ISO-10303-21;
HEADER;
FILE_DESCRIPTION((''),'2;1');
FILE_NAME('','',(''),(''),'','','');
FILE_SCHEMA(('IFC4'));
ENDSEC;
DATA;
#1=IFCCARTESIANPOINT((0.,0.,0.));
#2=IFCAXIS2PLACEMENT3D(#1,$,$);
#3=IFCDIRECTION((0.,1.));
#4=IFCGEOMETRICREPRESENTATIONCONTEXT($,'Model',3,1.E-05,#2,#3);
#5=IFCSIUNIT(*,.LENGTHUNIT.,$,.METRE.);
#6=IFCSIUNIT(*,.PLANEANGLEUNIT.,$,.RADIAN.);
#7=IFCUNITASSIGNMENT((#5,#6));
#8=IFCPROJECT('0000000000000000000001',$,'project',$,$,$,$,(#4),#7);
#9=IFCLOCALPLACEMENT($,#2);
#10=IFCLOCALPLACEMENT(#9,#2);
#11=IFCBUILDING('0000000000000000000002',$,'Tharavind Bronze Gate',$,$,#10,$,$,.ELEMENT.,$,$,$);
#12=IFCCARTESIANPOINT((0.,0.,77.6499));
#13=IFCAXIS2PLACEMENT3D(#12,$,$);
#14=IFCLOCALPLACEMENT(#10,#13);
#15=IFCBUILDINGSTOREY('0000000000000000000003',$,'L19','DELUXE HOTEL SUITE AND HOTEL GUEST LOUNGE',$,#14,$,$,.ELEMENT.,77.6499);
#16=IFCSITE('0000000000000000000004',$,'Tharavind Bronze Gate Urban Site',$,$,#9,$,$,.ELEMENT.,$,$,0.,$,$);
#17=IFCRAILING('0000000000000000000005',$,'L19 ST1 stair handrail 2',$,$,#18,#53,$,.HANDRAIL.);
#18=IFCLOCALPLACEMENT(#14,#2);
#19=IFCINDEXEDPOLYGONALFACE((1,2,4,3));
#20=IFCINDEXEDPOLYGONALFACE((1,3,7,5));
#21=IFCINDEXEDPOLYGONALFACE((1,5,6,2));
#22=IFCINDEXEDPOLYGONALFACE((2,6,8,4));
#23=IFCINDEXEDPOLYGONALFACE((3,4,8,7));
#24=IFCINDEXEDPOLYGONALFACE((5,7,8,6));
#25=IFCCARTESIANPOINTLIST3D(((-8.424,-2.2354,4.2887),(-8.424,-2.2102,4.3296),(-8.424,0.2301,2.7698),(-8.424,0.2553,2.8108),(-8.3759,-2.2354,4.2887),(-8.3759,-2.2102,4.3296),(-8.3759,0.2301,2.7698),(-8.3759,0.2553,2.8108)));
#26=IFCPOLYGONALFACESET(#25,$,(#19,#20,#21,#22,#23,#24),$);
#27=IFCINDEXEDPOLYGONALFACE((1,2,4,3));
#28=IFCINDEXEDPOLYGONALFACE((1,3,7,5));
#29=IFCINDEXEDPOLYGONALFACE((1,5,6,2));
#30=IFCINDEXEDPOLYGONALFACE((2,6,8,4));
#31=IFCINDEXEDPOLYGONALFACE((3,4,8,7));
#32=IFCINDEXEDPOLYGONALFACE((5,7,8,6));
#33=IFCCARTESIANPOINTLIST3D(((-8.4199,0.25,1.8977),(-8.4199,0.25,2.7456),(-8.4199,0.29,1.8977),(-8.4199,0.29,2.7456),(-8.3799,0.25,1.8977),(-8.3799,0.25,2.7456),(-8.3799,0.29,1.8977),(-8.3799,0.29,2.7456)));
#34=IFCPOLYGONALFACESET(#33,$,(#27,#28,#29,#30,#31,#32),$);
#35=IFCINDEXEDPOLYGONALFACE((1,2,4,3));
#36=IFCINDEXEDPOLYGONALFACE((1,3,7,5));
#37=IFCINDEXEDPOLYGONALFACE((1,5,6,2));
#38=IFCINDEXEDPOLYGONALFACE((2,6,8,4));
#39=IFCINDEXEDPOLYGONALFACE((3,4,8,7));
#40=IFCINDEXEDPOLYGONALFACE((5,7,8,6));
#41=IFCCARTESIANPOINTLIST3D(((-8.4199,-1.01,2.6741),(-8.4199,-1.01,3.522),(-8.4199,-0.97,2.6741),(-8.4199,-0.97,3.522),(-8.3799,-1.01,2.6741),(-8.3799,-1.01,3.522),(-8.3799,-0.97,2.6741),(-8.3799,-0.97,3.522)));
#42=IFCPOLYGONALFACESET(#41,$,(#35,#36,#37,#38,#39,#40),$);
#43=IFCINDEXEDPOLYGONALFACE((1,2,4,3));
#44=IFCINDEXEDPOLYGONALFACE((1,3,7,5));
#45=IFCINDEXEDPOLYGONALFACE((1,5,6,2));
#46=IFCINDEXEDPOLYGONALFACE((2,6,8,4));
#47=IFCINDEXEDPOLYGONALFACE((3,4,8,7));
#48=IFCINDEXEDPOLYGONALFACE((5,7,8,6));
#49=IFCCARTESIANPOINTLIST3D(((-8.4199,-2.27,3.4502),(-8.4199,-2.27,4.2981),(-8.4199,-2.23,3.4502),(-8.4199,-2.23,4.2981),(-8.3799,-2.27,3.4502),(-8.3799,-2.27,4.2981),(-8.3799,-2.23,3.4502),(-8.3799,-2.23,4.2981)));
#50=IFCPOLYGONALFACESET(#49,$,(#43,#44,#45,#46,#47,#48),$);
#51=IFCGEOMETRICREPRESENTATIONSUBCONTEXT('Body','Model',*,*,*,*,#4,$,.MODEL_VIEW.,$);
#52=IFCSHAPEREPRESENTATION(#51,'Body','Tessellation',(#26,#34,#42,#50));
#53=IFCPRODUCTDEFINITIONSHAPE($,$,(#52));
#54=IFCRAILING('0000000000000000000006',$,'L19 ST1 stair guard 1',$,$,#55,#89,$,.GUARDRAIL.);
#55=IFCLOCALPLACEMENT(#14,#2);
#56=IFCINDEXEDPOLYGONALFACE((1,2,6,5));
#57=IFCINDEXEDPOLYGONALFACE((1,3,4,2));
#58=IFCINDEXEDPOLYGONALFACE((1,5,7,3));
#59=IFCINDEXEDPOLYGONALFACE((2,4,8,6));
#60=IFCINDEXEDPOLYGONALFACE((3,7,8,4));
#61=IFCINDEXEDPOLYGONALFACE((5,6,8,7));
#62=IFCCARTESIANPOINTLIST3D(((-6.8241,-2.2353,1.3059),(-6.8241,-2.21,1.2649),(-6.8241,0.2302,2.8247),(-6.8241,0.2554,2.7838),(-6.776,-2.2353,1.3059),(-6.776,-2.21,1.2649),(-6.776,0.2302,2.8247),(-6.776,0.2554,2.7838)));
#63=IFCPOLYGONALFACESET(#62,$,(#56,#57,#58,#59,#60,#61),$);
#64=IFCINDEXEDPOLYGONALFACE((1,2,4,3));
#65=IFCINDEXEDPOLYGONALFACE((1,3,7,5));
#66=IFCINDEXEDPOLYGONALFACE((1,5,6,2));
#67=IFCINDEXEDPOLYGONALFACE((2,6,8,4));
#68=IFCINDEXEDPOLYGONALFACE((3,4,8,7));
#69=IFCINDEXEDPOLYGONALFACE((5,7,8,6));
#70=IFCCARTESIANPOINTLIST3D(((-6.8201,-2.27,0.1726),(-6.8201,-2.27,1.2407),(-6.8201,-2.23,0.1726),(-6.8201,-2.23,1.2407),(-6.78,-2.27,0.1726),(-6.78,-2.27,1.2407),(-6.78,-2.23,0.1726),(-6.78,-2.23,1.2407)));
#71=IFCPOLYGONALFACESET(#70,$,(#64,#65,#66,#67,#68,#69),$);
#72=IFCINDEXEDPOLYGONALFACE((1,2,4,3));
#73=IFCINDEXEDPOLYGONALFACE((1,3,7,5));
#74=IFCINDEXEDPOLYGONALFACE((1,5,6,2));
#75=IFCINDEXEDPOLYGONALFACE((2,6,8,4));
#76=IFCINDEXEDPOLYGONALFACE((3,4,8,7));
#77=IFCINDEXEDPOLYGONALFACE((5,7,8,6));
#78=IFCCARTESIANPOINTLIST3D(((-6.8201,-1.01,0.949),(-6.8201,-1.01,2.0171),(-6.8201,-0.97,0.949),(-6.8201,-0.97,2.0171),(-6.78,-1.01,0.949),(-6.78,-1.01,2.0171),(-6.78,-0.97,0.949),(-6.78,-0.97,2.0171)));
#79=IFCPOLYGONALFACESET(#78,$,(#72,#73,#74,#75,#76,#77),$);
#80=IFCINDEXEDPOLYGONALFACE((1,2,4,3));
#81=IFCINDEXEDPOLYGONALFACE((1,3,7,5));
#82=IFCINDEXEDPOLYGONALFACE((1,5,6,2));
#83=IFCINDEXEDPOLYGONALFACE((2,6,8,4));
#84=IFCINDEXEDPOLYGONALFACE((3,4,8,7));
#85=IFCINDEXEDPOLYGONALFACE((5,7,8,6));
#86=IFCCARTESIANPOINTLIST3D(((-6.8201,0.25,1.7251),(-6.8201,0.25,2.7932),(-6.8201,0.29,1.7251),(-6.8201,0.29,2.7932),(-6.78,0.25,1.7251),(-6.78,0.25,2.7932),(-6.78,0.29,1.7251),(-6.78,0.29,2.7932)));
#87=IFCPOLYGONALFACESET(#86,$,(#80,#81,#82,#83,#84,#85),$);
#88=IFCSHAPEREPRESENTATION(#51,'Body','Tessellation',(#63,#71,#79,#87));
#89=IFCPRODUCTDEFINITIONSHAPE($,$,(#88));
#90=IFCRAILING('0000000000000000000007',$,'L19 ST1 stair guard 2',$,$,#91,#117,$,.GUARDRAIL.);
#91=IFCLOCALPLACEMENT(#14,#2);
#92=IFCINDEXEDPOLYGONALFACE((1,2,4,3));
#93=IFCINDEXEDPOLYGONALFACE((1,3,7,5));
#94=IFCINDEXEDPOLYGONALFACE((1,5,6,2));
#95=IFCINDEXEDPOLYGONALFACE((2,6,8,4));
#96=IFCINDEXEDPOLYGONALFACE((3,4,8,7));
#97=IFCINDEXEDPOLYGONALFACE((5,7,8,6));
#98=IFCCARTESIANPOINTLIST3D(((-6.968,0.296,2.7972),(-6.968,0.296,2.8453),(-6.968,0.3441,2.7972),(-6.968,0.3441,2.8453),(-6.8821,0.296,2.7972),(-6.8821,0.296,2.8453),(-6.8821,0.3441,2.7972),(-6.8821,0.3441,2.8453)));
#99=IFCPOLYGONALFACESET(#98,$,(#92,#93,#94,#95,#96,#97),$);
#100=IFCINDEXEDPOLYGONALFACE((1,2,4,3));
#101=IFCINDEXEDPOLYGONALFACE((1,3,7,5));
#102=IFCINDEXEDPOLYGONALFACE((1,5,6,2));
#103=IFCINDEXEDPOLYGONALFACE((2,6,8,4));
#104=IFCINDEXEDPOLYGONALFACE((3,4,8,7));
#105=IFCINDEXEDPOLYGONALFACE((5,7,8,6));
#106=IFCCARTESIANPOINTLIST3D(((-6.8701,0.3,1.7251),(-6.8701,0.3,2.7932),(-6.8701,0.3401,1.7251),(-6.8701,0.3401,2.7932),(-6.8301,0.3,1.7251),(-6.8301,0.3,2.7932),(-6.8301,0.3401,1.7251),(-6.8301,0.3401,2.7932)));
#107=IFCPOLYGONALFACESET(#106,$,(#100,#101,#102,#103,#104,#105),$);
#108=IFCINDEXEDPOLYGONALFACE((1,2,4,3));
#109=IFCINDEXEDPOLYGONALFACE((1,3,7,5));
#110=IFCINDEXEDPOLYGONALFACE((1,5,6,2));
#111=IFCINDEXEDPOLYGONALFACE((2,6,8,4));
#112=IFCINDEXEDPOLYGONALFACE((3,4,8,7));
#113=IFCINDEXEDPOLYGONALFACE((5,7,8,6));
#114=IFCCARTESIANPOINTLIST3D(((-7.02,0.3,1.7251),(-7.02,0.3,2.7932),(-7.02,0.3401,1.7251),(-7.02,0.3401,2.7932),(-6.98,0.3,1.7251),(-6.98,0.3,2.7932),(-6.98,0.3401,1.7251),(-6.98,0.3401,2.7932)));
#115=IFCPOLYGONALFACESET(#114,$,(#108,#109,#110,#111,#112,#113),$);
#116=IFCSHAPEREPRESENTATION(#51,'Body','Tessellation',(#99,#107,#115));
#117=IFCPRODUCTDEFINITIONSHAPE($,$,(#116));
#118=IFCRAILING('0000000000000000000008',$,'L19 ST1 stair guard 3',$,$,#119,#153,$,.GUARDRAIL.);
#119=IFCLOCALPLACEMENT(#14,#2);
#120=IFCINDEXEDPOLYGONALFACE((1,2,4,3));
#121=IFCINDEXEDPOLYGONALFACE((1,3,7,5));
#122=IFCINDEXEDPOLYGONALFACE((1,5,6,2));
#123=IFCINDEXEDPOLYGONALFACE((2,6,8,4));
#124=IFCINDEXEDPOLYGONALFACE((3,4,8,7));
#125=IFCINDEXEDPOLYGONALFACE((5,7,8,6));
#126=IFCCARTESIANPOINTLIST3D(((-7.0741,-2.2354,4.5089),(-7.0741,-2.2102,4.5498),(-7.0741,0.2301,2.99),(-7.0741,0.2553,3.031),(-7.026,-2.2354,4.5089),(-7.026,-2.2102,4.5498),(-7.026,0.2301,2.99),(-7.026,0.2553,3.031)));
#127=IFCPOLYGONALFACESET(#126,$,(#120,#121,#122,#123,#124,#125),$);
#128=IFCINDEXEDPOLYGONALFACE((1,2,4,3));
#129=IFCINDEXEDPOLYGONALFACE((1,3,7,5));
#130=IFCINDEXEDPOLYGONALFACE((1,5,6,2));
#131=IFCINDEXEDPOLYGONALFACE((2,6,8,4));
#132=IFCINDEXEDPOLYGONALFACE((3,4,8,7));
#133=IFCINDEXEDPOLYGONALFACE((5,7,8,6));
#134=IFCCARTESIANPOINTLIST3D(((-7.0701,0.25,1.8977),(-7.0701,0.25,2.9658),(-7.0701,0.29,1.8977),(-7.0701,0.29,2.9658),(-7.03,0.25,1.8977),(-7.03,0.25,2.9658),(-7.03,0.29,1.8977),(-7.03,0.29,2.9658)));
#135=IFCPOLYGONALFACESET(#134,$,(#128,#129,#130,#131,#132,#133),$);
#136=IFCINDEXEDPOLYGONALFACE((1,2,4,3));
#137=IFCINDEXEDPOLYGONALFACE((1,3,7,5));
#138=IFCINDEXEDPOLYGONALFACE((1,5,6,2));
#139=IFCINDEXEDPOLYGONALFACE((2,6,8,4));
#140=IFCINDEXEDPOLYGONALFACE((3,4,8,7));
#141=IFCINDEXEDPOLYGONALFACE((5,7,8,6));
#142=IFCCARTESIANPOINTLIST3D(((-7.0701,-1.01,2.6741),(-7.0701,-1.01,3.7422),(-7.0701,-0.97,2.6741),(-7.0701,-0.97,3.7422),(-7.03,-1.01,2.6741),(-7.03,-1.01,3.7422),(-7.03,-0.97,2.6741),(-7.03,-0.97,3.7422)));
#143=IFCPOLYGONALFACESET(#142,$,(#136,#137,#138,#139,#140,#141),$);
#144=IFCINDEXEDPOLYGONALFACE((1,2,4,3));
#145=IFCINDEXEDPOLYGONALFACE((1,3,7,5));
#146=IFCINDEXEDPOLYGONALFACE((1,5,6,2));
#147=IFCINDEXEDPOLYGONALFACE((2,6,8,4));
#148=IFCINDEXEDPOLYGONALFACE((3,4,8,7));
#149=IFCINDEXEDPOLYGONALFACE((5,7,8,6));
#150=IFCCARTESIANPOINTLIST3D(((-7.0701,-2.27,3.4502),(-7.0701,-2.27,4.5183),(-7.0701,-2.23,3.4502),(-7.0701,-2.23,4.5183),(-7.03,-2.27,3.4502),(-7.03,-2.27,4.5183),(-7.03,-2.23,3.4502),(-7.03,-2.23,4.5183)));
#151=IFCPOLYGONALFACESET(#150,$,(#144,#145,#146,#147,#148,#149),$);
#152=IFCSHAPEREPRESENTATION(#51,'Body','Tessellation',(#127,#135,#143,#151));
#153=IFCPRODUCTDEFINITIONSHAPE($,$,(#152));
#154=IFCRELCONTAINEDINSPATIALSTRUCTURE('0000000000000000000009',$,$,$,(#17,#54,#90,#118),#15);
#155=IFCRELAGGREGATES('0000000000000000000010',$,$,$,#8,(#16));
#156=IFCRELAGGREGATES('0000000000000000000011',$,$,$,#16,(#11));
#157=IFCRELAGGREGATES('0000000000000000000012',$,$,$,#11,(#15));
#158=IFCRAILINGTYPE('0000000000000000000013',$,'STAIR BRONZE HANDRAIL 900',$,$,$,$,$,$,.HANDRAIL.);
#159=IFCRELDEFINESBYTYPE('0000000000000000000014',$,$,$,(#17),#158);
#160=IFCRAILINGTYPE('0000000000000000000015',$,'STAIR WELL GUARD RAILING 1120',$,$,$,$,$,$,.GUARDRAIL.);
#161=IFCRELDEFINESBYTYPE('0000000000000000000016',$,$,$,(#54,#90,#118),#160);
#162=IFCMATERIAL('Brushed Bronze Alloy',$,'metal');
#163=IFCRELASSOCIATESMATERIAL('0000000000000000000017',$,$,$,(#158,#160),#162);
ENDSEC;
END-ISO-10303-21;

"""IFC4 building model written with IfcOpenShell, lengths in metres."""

from ifc_helpers import new_model, si_unit, direction, frame, origin, origin_2d, place, context, subcontext, project, spatial, rectangle, extrude, material, type_object, element, save


model = new_model("IFC4")

# Units and contexts
model_context = context("Model", 3, precision=1e-05, world=origin(), true_north=direction((0.0, 1.0)))
body_context = subcontext(model_context, "Body", "Model", "MODEL_VIEW")
ifc_project = project(units=[si_unit("LENGTHUNIT", "METRE"), si_unit("PLANEANGLEUNIT", "RADIAN")], contexts=[model_context])

# Site, building, storey
site_placement = place(None, origin())
site = spatial("IfcSite", under=ifc_project, at=site_placement, Name="Tharavind Bronze Gate Urban Site", CompositionType="ELEMENT", RefElevation=0.0)
building_placement = place(site_placement, origin())
building = spatial("IfcBuilding", under=site, at=building_placement, Name="Tharavind Bronze Gate", CompositionType="ELEMENT")
storey_placement = place(building_placement, frame((0.0, 0.0, 77.6499)))
storey = spatial("IfcBuildingStorey", under=building, at=storey_placement, Name="L19", Description="DELUXE HOTEL SUITE AND HOTEL GUEST LOUNGE", CompositionType="ELEMENT", Elevation=77.6499)

# Railings
ifc_material_1 = material(Name="Brushed Bronze Alloy", Category="metal")
railing_type_1 = type_object("IfcRailingType", Name="STAIR BRONZE HANDRAIL 900", PredefinedType="HANDRAIL", material=ifc_material_1)
railing_1_placement = place(storey_placement, frame((-8.3999, 0.27, 1.8977)))
element("IfcRailing", 1, at=railing_1_placement, inside=storey, type_object=railing_type_1, Name="L19 ST1 stair handrail 2", PredefinedType="HANDRAIL", context=body_context, shape_type="SweptSolid", body=[
    extrude(rectangle(XDim=0.0481, YDim=0.0481, at=origin_2d()), frame((0.0, -0.0273, 0.8926), z_axis=(0.0, -0.8514, 0.524516), x_axis=(1.0, 0.0, 0.0)), (0.0, 0.0, 1.0), 2.8958),
    extrude(rectangle(XDim=0.04, YDim=0.04, at=origin_2d()), origin(), (0.0, 0.0, 1.0), 0.8479),
    extrude(rectangle(XDim=0.04, YDim=0.04, at=origin_2d()), frame((0.0, -1.26, 0.7764)), (0.0, 0.0, 1.0), 0.8479),
    extrude(rectangle(XDim=0.04, YDim=0.04, at=origin_2d()), frame((0.0, -2.52, 1.5525)), (0.0, 0.0, 1.0), 0.8479),
])
railing_type_2 = type_object("IfcRailingType", Name="STAIR WELL GUARD RAILING 1120", PredefinedType="GUARDRAIL", material=ifc_material_1)
railing_2_placement = place(storey_placement, frame((-6.8, -2.25, 0.1726)))
element("IfcRailing", 2, at=railing_2_placement, inside=storey, type_object=railing_type_2, Name="L19 ST1 stair guard 1", PredefinedType="GUARDRAIL", context=body_context, shape_type="SweptSolid", body=[
    extrude(rectangle(XDim=0.0481, YDim=0.0481, at=origin_2d()), frame((0.0, 0.0273, 1.1128), z_axis=(0.0, 0.8514, 0.524516), x_axis=(-1.0, 0.0, 0.0)), (0.0, 0.0, 1.0), 2.8958),
    extrude(rectangle(XDim=0.04, YDim=0.04, at=origin_2d()), origin(), (0.0, 0.0, 1.0), 1.0681),
    extrude(rectangle(XDim=0.04, YDim=0.04, at=origin_2d()), frame((0.0, 1.26, 0.7764)), (0.0, 0.0, 1.0), 1.0681),
    extrude(rectangle(XDim=0.04, YDim=0.04, at=origin_2d()), frame((0.0, 2.52, 1.5525)), (0.0, 0.0, 1.0), 1.0681),
])
railing_3_placement = place(storey_placement, frame((-6.8501, 0.3201, 1.7251)))
element("IfcRailing", 3, at=railing_3_placement, inside=storey, type_object=railing_type_2, Name="L19 ST1 stair guard 2", PredefinedType="GUARDRAIL", context=body_context, shape_type="SweptSolid", body=[
    extrude(rectangle(XDim=0.0481, YDim=0.0481, at=origin_2d()), frame((-0.032, 0.0, 1.0962), z_axis=(-1.0, 0.0, 0.0), x_axis=(0.0, -1.0, 0.0)), (0.0, 0.0, 1.0), 0.0859),
    extrude(rectangle(XDim=0.04, YDim=0.04, at=origin_2d()), origin(), (0.0, 0.0, 1.0), 1.0681),
    extrude(rectangle(XDim=0.04, YDim=0.04, at=origin_2d()), frame((-0.1499, 0.0, 0.0)), (0.0, 0.0, 1.0), 1.0681),
])
railing_4_placement = place(storey_placement, frame((-7.05, 0.27, 1.8977)))
element("IfcRailing", 4, at=railing_4_placement, inside=storey, type_object=railing_type_2, Name="L19 ST1 stair guard 3", PredefinedType="GUARDRAIL", context=body_context, shape_type="SweptSolid", body=[
    extrude(rectangle(XDim=0.0481, YDim=0.0481, at=origin_2d()), frame((0.0, -0.0273, 1.1128), z_axis=(0.0, -0.8514, 0.524516), x_axis=(1.0, 0.0, 0.0)), (0.0, 0.0, 1.0), 2.8958),
    extrude(rectangle(XDim=0.04, YDim=0.04, at=origin_2d()), origin(), (0.0, 0.0, 1.0), 1.0681),
    extrude(rectangle(XDim=0.04, YDim=0.04, at=origin_2d()), frame((0.0, -1.26, 0.7764)), (0.0, 0.0, 1.0), 1.0681),
    extrude(rectangle(XDim=0.04, YDim=0.04, at=origin_2d()), frame((0.0, -2.52, 1.5525)), (0.0, 0.0, 1.0), 1.0681),
])

save(model, "model.ifc")
